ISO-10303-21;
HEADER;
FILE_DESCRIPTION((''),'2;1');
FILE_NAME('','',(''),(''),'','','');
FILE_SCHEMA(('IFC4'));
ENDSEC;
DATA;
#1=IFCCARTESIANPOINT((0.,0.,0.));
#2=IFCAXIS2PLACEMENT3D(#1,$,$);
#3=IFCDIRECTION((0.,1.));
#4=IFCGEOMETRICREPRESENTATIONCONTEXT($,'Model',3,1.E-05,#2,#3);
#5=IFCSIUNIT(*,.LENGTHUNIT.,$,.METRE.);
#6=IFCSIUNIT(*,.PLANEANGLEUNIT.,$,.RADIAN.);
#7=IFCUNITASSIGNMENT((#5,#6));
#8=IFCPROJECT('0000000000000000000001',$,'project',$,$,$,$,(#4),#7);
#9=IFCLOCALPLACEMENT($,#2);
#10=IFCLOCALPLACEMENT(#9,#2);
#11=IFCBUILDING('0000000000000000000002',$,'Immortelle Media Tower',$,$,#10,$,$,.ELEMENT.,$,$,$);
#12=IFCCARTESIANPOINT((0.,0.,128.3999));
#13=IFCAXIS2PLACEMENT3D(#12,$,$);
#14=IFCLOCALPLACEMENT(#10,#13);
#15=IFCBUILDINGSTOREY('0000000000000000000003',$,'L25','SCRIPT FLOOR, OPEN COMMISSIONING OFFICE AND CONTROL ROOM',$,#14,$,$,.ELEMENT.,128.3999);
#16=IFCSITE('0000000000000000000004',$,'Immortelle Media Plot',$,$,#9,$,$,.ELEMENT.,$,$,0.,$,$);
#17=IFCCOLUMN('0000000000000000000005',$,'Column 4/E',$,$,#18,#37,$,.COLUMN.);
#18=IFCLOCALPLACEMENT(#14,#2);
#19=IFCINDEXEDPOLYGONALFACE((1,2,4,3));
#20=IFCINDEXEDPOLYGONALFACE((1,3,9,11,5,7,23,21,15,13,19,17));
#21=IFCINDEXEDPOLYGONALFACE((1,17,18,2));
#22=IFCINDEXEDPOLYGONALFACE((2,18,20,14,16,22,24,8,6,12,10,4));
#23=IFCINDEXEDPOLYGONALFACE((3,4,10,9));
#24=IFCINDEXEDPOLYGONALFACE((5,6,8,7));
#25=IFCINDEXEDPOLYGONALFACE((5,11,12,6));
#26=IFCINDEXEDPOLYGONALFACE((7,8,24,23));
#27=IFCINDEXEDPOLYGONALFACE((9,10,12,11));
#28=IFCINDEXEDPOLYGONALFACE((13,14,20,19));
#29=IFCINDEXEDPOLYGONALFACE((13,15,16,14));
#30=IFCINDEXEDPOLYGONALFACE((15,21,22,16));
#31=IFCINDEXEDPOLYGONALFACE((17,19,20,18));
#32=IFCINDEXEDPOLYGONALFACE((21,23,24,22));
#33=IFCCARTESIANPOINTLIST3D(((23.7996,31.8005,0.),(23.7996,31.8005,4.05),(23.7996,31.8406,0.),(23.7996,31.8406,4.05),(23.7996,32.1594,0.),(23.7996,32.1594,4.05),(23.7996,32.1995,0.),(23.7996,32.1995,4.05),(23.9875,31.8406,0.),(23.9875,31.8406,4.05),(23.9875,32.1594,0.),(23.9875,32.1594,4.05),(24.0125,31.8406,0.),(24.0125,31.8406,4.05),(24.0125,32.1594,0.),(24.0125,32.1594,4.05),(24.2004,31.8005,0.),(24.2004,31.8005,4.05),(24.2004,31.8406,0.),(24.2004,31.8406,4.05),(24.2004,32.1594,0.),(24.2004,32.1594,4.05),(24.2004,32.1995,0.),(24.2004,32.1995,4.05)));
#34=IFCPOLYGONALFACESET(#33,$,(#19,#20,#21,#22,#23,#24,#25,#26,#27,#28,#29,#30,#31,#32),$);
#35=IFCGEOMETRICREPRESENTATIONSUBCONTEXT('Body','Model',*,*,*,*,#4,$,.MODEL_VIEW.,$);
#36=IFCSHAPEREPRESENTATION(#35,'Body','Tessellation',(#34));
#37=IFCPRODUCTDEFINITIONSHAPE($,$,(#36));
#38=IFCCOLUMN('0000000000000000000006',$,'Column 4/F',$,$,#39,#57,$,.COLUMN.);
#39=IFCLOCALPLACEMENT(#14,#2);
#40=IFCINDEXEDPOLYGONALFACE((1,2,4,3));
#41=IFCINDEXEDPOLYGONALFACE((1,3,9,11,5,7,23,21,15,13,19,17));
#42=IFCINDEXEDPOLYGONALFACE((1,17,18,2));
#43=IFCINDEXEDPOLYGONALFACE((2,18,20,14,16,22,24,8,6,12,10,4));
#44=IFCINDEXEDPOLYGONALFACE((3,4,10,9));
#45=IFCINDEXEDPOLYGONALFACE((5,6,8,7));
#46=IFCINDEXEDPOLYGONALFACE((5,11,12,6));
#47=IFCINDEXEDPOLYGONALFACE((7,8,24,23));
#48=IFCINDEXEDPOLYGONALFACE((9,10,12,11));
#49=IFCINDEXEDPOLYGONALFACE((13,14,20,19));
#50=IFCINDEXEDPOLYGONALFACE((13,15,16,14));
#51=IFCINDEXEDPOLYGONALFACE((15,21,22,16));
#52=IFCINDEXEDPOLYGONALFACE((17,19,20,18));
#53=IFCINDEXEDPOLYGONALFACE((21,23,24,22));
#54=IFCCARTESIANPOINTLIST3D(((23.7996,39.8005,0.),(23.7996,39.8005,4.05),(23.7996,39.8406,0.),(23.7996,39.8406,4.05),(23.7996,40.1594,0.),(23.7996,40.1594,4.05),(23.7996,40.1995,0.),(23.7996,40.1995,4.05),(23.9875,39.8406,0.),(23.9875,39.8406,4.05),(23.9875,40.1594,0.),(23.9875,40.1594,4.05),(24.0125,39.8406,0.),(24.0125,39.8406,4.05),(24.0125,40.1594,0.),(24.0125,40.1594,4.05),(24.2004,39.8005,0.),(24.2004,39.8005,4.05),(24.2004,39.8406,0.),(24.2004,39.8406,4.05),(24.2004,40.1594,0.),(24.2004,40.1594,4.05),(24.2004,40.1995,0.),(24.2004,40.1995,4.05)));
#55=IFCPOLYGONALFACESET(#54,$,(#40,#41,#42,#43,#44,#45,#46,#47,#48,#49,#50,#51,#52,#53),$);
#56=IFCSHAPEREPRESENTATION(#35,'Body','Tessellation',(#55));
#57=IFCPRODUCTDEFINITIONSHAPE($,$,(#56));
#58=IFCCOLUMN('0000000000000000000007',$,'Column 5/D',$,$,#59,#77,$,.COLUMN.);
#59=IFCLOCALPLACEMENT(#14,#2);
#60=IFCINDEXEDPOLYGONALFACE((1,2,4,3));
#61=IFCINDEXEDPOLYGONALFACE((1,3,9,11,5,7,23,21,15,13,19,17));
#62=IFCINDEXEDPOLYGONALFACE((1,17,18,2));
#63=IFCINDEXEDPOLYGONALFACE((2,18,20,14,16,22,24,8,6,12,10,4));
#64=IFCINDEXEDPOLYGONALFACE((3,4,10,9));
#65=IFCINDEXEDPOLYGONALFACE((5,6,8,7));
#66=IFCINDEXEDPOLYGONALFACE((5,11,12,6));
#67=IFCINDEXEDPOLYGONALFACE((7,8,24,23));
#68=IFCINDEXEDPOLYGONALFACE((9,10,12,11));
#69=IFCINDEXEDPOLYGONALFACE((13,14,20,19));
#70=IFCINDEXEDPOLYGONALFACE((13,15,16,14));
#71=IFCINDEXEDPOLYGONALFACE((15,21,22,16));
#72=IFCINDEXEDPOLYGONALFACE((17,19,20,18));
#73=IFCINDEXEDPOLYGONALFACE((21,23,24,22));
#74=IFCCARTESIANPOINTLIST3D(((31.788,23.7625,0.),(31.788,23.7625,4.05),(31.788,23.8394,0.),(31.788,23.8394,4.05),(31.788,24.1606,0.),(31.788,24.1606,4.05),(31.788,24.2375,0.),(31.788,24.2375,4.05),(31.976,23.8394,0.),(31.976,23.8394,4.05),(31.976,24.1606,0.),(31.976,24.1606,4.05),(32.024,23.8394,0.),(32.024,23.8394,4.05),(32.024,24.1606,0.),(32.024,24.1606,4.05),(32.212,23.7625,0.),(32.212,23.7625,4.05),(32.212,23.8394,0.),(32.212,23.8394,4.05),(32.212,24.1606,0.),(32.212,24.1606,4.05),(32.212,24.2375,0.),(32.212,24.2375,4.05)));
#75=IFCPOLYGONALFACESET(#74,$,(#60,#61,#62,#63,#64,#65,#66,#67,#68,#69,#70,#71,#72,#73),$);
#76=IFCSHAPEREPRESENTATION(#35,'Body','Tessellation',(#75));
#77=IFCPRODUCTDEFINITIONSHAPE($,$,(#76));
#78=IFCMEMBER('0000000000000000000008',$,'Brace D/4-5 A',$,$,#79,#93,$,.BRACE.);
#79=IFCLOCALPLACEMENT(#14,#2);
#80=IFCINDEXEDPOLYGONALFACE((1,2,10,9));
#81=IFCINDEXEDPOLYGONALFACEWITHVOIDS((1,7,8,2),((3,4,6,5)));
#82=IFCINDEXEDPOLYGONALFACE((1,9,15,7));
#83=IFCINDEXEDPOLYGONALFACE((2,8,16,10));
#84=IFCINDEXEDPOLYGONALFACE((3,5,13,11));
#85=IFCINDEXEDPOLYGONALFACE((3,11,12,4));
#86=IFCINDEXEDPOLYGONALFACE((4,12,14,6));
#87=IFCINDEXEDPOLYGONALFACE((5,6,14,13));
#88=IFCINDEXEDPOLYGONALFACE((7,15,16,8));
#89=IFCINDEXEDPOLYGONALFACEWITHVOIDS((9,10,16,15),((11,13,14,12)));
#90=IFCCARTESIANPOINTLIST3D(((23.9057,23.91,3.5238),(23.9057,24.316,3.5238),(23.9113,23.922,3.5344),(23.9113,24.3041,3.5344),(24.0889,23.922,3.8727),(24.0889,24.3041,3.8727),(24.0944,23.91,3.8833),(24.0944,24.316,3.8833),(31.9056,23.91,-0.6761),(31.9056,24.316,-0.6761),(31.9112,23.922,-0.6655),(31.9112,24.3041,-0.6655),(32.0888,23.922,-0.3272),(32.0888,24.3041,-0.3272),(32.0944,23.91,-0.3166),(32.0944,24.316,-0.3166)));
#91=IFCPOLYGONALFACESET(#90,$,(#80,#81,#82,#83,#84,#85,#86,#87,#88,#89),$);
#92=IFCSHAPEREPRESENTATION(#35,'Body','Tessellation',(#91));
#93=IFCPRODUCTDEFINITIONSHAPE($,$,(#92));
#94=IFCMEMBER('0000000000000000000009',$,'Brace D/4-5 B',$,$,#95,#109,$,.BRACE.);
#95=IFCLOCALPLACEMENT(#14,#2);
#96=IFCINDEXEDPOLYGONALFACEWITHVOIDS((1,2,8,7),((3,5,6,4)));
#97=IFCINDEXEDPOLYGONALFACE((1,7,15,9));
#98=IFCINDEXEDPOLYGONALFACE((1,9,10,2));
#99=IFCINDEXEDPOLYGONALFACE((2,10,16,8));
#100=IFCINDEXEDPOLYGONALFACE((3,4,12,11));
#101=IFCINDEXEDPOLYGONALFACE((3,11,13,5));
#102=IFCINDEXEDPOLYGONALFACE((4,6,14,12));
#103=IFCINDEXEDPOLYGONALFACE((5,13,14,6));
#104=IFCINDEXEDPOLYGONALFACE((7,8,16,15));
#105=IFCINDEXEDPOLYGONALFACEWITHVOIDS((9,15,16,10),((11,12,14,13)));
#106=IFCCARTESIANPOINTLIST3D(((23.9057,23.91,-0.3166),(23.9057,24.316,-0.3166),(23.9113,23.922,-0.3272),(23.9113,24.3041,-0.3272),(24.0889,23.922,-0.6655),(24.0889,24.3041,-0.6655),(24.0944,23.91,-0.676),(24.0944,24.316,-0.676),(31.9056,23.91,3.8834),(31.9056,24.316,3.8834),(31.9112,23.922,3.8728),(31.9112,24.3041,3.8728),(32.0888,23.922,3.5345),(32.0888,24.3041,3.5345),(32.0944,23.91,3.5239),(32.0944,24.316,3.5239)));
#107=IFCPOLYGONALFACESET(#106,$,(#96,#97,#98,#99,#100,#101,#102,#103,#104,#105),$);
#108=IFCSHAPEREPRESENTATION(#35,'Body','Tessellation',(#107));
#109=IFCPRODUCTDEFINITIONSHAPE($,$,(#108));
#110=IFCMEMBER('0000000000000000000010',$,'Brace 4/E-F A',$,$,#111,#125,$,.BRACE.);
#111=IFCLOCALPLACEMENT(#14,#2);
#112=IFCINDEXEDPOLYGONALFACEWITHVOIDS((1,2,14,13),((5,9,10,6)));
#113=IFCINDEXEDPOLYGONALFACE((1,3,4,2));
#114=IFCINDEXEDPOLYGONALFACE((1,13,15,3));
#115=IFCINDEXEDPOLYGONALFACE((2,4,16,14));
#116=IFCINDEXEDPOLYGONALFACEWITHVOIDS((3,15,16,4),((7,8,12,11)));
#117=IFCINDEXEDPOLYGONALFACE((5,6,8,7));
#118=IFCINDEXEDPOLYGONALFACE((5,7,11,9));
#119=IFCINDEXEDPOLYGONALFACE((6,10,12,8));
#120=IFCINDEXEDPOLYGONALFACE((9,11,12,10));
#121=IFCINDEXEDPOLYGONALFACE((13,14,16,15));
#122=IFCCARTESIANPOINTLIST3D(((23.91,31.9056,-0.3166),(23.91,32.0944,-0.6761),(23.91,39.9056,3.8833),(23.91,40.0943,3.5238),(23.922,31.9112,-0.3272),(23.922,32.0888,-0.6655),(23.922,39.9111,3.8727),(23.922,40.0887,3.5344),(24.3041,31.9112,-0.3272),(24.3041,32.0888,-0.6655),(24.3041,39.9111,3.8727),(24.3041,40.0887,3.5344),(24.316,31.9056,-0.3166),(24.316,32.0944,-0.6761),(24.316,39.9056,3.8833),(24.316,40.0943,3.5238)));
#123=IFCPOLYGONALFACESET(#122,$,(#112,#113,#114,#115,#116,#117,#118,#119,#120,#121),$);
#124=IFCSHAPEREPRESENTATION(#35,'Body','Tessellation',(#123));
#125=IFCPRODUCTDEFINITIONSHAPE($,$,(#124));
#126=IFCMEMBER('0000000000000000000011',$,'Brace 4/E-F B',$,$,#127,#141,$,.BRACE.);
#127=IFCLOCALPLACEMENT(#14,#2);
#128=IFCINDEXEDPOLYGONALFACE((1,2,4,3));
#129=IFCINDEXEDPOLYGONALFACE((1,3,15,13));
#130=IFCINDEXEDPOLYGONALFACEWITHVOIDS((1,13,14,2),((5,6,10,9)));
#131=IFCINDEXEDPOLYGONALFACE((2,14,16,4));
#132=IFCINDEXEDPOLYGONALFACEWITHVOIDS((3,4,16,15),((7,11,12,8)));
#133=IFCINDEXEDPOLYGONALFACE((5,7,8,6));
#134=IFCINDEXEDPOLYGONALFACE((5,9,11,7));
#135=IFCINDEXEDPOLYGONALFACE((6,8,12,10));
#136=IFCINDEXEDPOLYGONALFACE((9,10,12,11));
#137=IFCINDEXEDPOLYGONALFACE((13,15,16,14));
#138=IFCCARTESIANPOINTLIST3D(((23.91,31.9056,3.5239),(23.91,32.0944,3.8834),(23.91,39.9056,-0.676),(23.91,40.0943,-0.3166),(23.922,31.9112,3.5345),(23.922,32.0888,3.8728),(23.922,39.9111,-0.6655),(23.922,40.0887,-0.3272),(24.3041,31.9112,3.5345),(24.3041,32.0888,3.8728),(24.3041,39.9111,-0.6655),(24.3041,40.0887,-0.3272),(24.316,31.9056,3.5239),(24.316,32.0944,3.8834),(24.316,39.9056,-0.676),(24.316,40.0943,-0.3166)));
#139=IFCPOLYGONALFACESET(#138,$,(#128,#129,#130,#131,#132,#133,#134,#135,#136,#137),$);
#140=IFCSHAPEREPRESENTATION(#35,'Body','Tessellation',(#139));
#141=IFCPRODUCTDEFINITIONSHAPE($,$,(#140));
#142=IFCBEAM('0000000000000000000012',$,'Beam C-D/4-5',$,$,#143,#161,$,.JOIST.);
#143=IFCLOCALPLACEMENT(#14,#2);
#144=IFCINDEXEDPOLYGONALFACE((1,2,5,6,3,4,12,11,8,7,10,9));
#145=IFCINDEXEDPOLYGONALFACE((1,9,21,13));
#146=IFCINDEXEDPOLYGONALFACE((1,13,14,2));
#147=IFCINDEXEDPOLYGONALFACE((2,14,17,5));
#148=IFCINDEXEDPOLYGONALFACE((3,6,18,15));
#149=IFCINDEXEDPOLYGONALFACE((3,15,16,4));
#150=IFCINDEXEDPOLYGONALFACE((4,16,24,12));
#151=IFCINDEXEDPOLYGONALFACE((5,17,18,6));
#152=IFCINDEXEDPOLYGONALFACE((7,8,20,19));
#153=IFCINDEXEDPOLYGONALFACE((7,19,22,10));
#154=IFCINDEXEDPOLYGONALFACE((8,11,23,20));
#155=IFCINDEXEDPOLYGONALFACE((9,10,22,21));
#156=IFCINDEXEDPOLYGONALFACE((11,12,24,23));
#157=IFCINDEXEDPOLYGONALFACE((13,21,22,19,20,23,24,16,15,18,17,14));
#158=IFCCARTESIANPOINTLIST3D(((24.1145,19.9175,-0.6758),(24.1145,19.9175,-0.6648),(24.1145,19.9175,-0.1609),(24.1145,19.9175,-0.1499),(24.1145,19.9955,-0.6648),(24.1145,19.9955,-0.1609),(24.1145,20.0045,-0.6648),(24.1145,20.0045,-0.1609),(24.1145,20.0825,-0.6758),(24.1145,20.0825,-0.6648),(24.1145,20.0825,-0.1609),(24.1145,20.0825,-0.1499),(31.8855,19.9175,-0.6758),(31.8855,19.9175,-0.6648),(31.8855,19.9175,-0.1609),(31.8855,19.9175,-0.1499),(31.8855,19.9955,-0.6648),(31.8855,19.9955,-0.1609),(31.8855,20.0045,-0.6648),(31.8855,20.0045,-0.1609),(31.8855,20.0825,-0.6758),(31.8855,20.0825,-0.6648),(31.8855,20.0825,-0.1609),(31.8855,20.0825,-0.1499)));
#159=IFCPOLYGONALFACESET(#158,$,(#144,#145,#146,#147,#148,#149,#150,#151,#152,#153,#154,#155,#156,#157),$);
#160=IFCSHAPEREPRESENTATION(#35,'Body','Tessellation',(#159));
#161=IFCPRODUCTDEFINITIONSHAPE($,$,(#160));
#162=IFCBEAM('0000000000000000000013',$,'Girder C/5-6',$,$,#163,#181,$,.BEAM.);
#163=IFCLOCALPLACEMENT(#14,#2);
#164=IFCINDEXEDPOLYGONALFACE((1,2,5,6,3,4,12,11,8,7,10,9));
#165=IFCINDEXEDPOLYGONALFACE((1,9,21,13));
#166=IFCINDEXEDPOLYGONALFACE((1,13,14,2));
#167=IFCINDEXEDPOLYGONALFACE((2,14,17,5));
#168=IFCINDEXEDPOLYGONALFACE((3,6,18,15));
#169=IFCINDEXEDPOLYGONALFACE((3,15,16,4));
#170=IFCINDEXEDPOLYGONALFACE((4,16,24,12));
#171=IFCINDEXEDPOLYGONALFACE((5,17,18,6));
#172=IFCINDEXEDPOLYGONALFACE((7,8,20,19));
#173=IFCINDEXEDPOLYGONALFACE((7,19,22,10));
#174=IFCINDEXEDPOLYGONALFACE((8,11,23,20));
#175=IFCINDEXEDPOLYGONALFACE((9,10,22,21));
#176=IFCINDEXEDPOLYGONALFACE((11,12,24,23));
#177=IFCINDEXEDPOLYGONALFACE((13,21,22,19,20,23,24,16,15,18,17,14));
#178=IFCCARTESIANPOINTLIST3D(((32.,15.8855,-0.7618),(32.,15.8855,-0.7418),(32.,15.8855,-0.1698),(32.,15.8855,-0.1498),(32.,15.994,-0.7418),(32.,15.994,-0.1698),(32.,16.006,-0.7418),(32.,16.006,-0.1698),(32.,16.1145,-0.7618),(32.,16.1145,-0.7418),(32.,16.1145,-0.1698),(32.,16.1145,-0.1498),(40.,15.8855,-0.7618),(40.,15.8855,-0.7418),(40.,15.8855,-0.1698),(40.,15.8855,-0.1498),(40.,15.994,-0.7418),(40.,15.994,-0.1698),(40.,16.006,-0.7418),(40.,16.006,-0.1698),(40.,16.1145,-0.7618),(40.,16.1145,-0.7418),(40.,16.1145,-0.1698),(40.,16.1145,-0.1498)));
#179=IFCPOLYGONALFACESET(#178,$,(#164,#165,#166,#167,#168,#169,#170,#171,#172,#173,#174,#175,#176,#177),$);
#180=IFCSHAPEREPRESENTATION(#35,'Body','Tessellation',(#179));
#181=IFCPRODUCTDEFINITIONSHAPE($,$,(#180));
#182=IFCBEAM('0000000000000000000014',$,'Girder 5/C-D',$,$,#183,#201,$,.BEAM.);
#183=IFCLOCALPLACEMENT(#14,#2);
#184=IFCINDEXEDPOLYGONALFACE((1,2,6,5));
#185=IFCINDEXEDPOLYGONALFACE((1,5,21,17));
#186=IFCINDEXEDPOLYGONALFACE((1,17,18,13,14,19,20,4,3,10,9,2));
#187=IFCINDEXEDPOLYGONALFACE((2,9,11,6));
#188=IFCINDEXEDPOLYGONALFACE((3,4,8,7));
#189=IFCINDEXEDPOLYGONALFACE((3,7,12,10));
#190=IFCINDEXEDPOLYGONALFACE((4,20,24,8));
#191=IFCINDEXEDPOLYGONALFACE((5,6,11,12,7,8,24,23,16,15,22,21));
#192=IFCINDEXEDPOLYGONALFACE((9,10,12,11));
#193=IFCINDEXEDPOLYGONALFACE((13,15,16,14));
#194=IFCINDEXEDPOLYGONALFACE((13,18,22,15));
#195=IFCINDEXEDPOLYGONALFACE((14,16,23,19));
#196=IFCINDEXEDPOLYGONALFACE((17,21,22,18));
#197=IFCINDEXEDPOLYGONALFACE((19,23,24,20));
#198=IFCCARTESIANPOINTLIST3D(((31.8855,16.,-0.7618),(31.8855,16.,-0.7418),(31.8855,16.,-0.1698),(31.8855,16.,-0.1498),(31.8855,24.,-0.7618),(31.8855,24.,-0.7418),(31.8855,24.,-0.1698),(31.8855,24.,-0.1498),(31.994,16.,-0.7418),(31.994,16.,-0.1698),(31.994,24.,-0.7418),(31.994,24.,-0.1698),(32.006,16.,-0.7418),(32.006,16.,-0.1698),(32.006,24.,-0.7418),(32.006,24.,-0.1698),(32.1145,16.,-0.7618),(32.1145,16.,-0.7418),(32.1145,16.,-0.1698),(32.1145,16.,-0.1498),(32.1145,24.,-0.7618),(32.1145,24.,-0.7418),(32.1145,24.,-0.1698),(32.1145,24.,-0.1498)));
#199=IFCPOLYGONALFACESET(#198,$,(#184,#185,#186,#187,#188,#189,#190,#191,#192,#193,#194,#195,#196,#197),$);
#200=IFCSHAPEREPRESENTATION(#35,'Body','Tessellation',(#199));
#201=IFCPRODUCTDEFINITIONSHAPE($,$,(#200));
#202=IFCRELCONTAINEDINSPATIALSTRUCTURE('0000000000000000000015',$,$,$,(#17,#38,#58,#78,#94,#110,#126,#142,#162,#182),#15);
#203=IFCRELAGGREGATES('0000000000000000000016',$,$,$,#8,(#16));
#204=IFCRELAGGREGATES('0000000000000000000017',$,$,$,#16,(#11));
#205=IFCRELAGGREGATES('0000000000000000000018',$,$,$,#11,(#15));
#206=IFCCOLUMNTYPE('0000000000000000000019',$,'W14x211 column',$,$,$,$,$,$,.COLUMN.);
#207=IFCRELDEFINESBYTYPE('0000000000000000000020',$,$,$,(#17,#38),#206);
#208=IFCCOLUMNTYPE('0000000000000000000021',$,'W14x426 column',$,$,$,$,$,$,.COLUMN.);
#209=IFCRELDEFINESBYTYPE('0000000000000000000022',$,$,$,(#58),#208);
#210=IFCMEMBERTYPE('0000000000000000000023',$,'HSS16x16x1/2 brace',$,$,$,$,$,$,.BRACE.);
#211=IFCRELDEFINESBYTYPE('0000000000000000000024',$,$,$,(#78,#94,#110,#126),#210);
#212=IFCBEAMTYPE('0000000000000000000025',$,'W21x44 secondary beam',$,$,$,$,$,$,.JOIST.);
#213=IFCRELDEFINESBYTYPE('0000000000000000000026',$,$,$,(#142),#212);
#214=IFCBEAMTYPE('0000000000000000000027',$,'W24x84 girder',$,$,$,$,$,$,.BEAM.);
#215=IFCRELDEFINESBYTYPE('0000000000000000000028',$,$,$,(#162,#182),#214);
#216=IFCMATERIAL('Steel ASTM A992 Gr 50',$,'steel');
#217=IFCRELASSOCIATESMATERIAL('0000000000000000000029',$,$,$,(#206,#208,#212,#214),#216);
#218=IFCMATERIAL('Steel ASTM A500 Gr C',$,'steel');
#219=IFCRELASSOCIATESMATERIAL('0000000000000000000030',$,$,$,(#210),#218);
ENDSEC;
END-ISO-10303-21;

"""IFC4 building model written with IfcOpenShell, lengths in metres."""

from ifc_helpers import new_model, si_unit, direction, frame, origin, origin_2d, place, context, subcontext, project, spatial, hollow_rectangle, i_section, extrude, material, material_profile, profile_set, type_object, element, save


model = new_model("IFC4")

# Units and contexts
model_context = context("Model", 3, precision=1e-05, world=origin(), true_north=direction((0.0, 1.0)))
body_context = subcontext(model_context, "Body", "Model", "MODEL_VIEW")
ifc_project = project(units=[si_unit("LENGTHUNIT", "METRE"), si_unit("PLANEANGLEUNIT", "RADIAN")], contexts=[model_context])

# Site, building, storey
site_placement = place(None, origin())
site = spatial("IfcSite", under=ifc_project, at=site_placement, Name="Immortelle Media Plot", CompositionType="ELEMENT", RefElevation=0.0)
building_placement = place(site_placement, origin())
building = spatial("IfcBuilding", under=site, at=building_placement, Name="Immortelle Media Tower", CompositionType="ELEMENT")
storey_placement = place(building_placement, frame((0.0, 0.0, 128.3999)))
storey = spatial("IfcBuildingStorey", under=building, at=storey_placement, Name="L25", Description="SCRIPT FLOOR, OPEN COMMISSIONING OFFICE AND CONTROL ROOM", CompositionType="ELEMENT", Elevation=128.3999)

# Columns
ifc_material_1 = material(Name="Steel ASTM A992 Gr 50", Category="steel")
ifc_material_profile_1 = material_profile(ifc_material_1, i_section(OverallWidth=0.4009, OverallDepth=0.3989, WebThickness=0.0249, FlangeThickness=0.04, at=origin_2d()), Name="W14x211")
ifc_profile_set_1 = profile_set([ifc_material_profile_1], Name="Steel ASTM A992 Gr 50")
column_type_1 = type_object("IfcColumnType", Name="W14x211 column", PredefinedType="COLUMN", material=ifc_profile_set_1)
for number, where, z_axis, x_axis, name in (
    (1, (24.0, 32.0, 0.0), (0.0, 0.0, 1.0), (1.0, 0.0, 0.0), "Column 4/E"),
    (2, (24.0, 40.0, 0.0), (0.0, 0.0, 1.0), (1.0, 0.0, 0.0), "Column 4/F"),
):
    element("IfcColumn", number, at=place(storey_placement, frame(where, z_axis=z_axis, x_axis=x_axis)), inside=storey, type_object=column_type_1, Name=name, PredefinedType="COLUMN", context=body_context, shape_type="SweptSolid", body=[
        extrude(i_section(OverallWidth=0.4009, OverallDepth=0.3989, WebThickness=0.0249, FlangeThickness=0.04, at=origin_2d()), origin(), (0.0, 0.0, 1.0), 4.05),
    ])
ifc_material_profile_2 = material_profile(ifc_material_1, i_section(OverallWidth=0.4241, OverallDepth=0.4751, WebThickness=0.0481, FlangeThickness=0.0769, at=origin_2d()), Name="W14x426")
ifc_profile_set_2 = profile_set([ifc_material_profile_2], Name="Steel ASTM A992 Gr 50")
column_type_2 = type_object("IfcColumnType", Name="W14x426 column", PredefinedType="COLUMN", material=ifc_profile_set_2)
column_placement = place(storey_placement, frame((32.0, 24.0, 0.0), z_axis=(0.0, 0.0, 1.0), x_axis=(1.0, 0.0, 0.0)))
element("IfcColumn", 3, at=column_placement, inside=storey, type_object=column_type_2, Name="Column 5/D", PredefinedType="COLUMN", context=body_context, shape_type="SweptSolid", body=[
    extrude(i_section(OverallWidth=0.4241, OverallDepth=0.4751, WebThickness=0.0481, FlangeThickness=0.0769, at=origin_2d()), origin(), (0.0, 0.0, 1.0), 4.05),
])

# Members
ifc_material_2 = material(Name="Steel ASTM A500 Gr C", Category="steel")
ifc_material_profile_3 = material_profile(ifc_material_2, hollow_rectangle(XDim=0.406, YDim=0.406, WallThickness=0.012, at=origin_2d()), Name="HSS16x16x1/2 brace")
ifc_profile_set_3 = profile_set([ifc_material_profile_3], Name="Steel ASTM A500 Gr C")
member_type = type_object("IfcMemberType", Name="HSS16x16x1/2 brace", PredefinedType="BRACE", material=ifc_profile_set_3)
for number, where, z_axis, x_axis, name in (
    (4, (32.0, 24.113, -0.4963), (-0.8854, 0.0, 0.46483), (0.0, -1.0, 0.0), "Brace D/4-5 A"),
    (5, (32.0, 24.113, 3.7036), (-0.8854, 0.0, -0.46483), (0.0, -1.0, 0.0), "Brace D/4-5 B"),
    (6, (24.113, 32.0, -0.4963), (0.0, 0.8854, 0.46483), (-1.0, 0.0, 0.0), "Brace 4/E-F A"),
    (7, (24.113, 32.0, 3.7036), (0.0, 0.8854, -0.46483), (-1.0, 0.0, 0.0), "Brace 4/E-F B"),
):
    element("IfcMember", number, at=place(storey_placement, frame(where, z_axis=z_axis, x_axis=x_axis)), inside=storey, type_object=member_type, Name=name, PredefinedType="BRACE", context=body_context, shape_type="SweptSolid", body=[
        extrude(hollow_rectangle(XDim=0.406, YDim=0.406, WallThickness=0.012, at=origin_2d()), origin(), (0.0, 0.0, 1.0), 9.0354),
    ])

# Beams
ifc_material_profile_4 = material_profile(ifc_material_1, i_section(OverallWidth=0.165, OverallDepth=0.5259, WebThickness=0.009, FlangeThickness=0.011, at=origin_2d()), Name="W21x44")
ifc_profile_set_4 = profile_set([ifc_material_profile_4], Name="Steel ASTM A992 Gr 50")
beam_type_1 = type_object("IfcBeamType", Name="W21x44 secondary beam", PredefinedType="JOIST", material=ifc_profile_set_4)
beam_placement = place(storey_placement, frame((24.1145, 20.0, -0.4128), z_axis=(1.0, 0.0, 0.0), x_axis=(0.0, 1.0, 0.0)))
element("IfcBeam", 8, at=beam_placement, inside=storey, type_object=beam_type_1, Name="Beam C-D/4-5", PredefinedType="JOIST", context=body_context, shape_type="SweptSolid", body=[
    extrude(i_section(OverallWidth=0.165, OverallDepth=0.5259, WebThickness=0.009, FlangeThickness=0.011, at=origin_2d()), origin(), (0.0, 0.0, 1.0), 7.771),
])
ifc_material_profile_5 = material_profile(ifc_material_1, i_section(OverallWidth=0.229, OverallDepth=0.6121, WebThickness=0.012, FlangeThickness=0.02, at=origin_2d()), Name="W24x84")
ifc_profile_set_5 = profile_set([ifc_material_profile_5], Name="Steel ASTM A992 Gr 50")
beam_type_2 = type_object("IfcBeamType", Name="W24x84 girder", PredefinedType="BEAM", material=ifc_profile_set_5)
for number, where, z_axis, x_axis, name in (
    (9, (32.0, 16.0, -0.4558), (1.0, 0.0, 0.0), (0.0, 1.0, 0.0), "Girder C/5-6"),
    (10, (32.0, 16.0, -0.4558), (0.0, 1.0, 0.0), (-1.0, 0.0, 0.0), "Girder 5/C-D"),
):
    element("IfcBeam", number, at=place(storey_placement, frame(where, z_axis=z_axis, x_axis=x_axis)), inside=storey, type_object=beam_type_2, Name=name, PredefinedType="BEAM", context=body_context, shape_type="SweptSolid", body=[
        extrude(i_section(OverallWidth=0.229, OverallDepth=0.6121, WebThickness=0.012, FlangeThickness=0.02, at=origin_2d()), origin(), (0.0, 0.0, 1.0), 8.0),
    ])

save(model, "model.ifc")
